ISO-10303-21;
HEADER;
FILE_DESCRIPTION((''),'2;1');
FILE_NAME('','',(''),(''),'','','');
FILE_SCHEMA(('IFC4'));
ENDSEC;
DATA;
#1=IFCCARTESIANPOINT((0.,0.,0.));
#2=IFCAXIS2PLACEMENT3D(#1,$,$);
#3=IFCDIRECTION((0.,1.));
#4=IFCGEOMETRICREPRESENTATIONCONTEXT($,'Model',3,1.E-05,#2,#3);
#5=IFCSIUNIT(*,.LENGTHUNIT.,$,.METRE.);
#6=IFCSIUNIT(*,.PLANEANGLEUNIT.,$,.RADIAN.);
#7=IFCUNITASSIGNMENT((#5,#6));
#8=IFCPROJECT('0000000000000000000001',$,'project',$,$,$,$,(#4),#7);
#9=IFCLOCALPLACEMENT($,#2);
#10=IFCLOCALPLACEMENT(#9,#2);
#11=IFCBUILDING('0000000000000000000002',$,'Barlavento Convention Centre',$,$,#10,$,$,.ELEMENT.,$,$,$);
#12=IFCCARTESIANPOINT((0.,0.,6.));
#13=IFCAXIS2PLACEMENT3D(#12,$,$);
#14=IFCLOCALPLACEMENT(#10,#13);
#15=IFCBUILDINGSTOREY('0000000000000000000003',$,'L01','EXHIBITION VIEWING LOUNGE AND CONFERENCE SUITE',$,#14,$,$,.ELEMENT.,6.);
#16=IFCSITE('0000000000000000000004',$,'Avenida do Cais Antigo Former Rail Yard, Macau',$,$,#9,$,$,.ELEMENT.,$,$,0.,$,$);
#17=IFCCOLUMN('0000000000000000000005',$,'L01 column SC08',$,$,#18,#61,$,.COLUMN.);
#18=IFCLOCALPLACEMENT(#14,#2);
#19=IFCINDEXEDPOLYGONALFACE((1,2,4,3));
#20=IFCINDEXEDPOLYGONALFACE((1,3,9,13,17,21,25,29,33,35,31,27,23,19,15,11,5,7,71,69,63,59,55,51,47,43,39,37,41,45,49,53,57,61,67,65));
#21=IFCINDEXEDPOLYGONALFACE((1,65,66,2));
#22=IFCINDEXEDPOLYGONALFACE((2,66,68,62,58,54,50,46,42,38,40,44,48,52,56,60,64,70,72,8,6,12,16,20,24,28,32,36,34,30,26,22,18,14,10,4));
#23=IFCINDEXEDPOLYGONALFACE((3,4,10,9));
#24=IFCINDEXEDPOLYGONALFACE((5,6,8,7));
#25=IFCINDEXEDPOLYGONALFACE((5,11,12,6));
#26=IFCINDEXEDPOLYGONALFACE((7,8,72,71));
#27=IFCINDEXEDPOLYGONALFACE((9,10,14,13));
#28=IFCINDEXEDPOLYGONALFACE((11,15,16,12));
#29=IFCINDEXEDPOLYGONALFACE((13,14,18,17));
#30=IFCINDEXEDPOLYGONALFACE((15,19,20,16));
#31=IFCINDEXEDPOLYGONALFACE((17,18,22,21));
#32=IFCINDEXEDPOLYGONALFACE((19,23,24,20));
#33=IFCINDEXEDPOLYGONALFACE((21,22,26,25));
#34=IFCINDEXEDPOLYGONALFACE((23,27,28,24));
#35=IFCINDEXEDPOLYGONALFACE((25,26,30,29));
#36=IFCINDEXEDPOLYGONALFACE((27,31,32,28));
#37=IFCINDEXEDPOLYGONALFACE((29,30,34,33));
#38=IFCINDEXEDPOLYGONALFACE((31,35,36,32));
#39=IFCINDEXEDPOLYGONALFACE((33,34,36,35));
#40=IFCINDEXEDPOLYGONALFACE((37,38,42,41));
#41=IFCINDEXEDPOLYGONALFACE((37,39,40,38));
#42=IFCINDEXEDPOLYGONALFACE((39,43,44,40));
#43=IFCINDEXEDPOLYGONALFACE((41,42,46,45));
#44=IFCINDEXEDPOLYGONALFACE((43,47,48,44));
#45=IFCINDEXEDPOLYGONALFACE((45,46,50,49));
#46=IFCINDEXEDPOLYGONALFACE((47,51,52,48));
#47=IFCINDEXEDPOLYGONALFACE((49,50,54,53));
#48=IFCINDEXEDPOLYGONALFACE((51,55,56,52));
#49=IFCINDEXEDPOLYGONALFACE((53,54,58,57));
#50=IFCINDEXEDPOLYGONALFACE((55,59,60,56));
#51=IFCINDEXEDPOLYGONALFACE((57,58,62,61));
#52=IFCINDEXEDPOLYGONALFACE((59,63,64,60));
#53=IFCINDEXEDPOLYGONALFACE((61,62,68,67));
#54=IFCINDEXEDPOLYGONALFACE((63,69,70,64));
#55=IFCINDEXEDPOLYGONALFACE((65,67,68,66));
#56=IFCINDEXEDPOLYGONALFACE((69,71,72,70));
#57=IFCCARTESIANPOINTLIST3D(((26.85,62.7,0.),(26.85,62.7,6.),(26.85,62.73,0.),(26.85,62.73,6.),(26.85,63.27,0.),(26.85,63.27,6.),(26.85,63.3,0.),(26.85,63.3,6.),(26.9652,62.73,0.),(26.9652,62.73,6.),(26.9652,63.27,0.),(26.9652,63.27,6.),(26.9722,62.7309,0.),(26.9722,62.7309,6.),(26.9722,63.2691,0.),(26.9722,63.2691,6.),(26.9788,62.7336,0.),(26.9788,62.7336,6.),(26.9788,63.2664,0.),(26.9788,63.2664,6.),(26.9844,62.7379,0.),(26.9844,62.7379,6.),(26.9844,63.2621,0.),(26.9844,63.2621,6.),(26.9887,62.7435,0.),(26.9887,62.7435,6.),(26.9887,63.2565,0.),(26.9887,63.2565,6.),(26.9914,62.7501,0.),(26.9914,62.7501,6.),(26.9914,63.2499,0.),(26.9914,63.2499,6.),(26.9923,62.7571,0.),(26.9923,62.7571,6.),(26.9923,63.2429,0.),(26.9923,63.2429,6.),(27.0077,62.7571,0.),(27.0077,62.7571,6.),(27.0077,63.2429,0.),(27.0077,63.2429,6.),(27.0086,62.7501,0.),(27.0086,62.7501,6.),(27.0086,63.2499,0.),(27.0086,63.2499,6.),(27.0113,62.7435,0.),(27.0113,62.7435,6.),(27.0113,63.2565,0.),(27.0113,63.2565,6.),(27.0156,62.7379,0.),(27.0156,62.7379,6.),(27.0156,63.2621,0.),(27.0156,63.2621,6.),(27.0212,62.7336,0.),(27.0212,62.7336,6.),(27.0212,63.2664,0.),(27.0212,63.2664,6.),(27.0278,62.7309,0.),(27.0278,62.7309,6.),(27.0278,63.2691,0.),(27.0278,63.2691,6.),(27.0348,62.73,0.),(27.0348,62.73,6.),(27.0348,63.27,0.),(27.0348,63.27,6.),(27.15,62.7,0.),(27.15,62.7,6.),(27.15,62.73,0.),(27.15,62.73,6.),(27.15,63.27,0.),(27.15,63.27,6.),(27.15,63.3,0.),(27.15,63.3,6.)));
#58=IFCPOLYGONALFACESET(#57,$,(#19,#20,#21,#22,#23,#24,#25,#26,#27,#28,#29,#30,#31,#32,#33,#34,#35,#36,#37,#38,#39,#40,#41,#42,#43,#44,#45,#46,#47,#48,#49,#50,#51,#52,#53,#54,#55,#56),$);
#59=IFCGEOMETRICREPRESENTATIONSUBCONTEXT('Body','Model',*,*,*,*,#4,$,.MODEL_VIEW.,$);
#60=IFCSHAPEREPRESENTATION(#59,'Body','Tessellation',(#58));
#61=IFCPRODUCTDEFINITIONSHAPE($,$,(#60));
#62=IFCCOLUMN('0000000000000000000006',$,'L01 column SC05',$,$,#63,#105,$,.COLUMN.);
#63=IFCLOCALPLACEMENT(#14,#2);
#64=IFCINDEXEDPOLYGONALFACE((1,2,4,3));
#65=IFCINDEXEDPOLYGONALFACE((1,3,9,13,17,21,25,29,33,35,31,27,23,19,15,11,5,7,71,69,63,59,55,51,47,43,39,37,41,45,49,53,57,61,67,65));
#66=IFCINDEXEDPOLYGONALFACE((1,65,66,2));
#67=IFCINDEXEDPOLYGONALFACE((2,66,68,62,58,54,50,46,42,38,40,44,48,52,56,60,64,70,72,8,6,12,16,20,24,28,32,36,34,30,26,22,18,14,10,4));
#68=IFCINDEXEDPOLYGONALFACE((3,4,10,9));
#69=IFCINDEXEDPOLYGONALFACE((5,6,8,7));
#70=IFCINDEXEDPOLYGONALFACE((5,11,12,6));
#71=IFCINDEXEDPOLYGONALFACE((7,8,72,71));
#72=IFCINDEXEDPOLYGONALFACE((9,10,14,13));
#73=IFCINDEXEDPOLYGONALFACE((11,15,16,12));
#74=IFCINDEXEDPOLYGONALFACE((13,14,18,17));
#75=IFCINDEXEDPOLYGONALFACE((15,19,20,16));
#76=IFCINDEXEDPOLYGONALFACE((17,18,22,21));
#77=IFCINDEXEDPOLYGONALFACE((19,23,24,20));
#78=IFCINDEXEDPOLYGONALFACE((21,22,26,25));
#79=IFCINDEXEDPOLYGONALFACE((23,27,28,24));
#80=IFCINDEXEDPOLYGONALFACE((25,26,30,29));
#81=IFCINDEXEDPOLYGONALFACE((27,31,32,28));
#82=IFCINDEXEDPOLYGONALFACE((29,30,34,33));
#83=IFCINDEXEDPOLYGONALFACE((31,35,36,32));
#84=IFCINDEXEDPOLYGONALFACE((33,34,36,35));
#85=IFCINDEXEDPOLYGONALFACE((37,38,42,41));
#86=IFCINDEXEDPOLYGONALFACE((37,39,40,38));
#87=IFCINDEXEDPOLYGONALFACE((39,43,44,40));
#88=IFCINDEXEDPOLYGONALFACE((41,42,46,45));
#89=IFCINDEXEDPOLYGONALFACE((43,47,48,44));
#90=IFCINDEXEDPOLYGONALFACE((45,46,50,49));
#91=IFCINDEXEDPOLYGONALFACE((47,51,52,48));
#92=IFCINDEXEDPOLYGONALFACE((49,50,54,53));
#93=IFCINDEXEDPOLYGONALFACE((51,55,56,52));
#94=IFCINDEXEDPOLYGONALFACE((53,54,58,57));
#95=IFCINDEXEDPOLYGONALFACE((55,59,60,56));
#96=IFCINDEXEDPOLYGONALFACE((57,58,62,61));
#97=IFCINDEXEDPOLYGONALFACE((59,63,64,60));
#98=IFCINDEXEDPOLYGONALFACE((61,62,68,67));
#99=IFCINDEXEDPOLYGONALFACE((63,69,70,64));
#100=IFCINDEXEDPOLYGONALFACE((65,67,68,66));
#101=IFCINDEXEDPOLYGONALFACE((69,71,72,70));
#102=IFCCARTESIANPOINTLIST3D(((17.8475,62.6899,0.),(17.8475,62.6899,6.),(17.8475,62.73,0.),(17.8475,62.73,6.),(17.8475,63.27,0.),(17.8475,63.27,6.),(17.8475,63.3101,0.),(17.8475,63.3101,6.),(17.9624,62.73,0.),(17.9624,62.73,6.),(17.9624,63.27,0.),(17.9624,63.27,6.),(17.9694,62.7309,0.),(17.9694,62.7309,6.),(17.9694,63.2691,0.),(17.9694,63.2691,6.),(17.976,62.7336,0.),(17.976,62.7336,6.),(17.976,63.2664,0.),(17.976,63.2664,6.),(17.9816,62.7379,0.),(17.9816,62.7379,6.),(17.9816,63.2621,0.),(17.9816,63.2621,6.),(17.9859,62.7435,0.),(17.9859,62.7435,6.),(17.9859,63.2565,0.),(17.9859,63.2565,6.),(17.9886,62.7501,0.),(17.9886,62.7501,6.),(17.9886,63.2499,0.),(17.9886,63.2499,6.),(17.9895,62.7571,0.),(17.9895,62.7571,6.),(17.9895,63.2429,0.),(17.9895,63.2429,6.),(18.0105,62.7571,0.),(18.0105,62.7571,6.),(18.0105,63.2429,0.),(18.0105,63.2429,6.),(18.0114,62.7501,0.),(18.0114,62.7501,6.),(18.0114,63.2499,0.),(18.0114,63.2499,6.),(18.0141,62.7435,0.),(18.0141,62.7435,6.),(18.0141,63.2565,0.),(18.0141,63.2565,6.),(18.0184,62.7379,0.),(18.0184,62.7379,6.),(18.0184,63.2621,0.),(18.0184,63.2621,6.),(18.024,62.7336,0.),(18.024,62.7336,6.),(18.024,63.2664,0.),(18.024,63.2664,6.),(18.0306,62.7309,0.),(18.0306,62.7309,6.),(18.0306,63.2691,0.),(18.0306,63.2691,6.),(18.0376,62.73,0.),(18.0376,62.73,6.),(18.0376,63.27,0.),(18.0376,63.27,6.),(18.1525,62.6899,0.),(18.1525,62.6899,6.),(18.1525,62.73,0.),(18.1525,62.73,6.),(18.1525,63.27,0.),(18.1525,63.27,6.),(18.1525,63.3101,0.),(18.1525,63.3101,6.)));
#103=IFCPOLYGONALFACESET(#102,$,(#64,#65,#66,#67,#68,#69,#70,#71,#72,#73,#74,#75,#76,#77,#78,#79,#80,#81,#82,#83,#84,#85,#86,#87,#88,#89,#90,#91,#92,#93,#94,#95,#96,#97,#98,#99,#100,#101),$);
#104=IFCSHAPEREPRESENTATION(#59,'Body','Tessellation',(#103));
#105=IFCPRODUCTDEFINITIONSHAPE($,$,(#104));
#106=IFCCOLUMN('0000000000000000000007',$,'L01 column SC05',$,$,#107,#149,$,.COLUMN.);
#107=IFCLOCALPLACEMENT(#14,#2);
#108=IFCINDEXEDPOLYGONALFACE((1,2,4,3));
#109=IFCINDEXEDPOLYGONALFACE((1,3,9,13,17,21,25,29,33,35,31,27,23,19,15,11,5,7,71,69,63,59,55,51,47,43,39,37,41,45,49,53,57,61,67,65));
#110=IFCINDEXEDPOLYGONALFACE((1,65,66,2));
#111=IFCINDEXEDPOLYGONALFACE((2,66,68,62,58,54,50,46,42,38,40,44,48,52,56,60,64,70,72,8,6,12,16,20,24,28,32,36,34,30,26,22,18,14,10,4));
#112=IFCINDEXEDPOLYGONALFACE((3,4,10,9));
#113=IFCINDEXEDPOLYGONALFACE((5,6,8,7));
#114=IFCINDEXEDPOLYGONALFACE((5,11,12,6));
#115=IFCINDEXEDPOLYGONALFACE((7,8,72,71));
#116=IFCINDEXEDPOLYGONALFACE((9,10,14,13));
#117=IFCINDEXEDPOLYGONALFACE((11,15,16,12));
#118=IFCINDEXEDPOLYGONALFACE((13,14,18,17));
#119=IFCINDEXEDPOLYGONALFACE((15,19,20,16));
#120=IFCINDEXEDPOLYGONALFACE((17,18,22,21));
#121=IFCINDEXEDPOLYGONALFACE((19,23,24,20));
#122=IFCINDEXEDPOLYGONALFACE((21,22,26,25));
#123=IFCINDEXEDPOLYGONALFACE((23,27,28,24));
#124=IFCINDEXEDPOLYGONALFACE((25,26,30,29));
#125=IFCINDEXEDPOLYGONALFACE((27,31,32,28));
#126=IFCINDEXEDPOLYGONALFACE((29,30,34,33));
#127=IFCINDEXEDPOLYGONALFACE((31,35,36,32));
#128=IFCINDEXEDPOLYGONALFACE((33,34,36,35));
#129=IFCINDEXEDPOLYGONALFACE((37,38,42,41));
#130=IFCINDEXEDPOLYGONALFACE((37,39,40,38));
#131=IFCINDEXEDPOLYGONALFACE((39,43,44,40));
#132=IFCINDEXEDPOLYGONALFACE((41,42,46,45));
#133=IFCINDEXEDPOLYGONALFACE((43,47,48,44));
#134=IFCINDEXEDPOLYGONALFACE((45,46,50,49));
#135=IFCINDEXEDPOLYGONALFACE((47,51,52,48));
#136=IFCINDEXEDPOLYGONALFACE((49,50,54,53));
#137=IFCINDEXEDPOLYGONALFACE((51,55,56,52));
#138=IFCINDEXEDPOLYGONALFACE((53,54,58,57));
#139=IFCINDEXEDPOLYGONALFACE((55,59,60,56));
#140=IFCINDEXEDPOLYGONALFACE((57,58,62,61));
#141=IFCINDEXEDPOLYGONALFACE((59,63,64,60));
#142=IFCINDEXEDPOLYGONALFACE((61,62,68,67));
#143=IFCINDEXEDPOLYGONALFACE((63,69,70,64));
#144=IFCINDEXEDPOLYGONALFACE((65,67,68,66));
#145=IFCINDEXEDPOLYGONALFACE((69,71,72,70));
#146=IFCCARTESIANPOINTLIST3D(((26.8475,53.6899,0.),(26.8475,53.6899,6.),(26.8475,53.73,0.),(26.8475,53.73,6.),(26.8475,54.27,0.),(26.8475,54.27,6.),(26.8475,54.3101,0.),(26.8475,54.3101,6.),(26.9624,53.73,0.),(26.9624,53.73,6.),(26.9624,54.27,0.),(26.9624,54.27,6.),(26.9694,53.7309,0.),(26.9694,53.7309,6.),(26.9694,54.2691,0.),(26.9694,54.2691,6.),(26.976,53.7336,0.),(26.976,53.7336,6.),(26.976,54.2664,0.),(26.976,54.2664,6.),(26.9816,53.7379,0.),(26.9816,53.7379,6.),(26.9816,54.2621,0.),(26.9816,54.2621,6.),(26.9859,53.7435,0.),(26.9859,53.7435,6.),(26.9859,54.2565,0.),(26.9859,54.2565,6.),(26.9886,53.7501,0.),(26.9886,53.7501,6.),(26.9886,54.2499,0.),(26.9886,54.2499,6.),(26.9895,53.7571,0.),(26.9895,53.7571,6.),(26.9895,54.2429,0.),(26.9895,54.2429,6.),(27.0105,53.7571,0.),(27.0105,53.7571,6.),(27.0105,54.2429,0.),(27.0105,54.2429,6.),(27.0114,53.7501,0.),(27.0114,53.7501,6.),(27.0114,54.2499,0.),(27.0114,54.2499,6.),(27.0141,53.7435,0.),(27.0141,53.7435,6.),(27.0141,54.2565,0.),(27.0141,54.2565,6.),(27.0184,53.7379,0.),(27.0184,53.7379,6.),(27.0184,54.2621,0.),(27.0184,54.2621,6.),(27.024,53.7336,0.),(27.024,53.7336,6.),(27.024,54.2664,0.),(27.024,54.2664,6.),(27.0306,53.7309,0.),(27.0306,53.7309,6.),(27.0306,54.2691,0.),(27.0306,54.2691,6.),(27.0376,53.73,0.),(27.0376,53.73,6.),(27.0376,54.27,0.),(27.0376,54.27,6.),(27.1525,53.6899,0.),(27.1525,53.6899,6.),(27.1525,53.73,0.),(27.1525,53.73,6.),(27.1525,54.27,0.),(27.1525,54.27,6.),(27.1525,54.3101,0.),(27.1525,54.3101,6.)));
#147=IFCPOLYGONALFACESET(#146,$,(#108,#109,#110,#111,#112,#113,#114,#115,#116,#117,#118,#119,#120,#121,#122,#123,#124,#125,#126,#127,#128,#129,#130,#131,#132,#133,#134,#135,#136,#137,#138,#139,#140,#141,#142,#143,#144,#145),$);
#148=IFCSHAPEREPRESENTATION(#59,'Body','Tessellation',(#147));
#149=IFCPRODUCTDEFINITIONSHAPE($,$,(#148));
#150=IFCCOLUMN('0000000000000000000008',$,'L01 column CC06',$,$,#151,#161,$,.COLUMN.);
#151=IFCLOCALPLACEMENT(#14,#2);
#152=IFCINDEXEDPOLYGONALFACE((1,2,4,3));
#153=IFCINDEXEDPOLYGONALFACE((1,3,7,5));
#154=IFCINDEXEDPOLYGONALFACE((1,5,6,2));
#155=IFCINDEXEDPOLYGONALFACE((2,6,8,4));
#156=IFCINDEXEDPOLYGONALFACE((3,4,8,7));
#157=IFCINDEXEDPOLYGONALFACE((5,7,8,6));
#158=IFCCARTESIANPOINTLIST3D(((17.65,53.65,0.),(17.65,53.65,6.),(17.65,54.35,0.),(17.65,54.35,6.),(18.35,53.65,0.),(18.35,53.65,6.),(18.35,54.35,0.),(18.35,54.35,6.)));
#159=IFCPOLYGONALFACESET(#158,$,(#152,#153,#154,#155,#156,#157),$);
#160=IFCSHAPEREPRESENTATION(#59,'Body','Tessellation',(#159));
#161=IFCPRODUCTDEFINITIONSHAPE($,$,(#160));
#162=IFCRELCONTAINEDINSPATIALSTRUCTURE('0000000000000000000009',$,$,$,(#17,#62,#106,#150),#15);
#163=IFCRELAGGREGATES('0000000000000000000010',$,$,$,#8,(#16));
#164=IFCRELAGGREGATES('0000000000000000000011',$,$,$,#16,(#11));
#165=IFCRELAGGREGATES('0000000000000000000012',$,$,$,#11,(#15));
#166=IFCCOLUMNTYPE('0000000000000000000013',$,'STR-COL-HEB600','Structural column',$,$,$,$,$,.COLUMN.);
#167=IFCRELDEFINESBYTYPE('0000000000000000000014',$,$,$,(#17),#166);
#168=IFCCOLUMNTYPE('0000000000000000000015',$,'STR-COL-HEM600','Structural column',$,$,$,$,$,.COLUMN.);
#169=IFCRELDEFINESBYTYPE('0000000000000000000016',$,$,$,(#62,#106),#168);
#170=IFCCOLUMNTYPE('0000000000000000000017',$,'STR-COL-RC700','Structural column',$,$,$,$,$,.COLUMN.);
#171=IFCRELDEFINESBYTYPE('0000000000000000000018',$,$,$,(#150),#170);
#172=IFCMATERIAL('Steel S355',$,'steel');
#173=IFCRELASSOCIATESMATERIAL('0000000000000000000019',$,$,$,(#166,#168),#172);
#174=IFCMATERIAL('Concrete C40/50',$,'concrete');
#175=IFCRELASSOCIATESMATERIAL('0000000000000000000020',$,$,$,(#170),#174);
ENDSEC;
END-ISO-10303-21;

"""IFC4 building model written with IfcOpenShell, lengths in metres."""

from ifc_helpers import new_model, si_unit, direction, frame, origin, origin_2d, place, context, subcontext, project, spatial, rectangle, i_section, extrude, material, material_profile, profile_set, type_object, element, save


model = new_model("IFC4")

# Units and contexts
model_context = context("Model", 3, precision=1e-05, world=origin(), true_north=direction((0.0, 1.0)))
body_context = subcontext(model_context, "Body", "Model", "MODEL_VIEW")
ifc_project = project(units=[si_unit("LENGTHUNIT", "METRE"), si_unit("PLANEANGLEUNIT", "RADIAN")], contexts=[model_context])

# Site, building, storey
site_placement = place(None, origin())
site = spatial("IfcSite", under=ifc_project, at=site_placement, Name="Avenida do Cais Antigo Former Rail Yard, Macau", CompositionType="ELEMENT", RefElevation=0.0)
building_placement = place(site_placement, origin())
building = spatial("IfcBuilding", under=site, at=building_placement, Name="Barlavento Convention Centre", CompositionType="ELEMENT")
storey_placement = place(building_placement, frame((0.0, 0.0, 6.0)))
storey = spatial("IfcBuildingStorey", under=building, at=storey_placement, Name="L01", Description="EXHIBITION VIEWING LOUNGE AND CONFERENCE SUITE", CompositionType="ELEMENT", Elevation=6.0)

# Columns
ifc_material_1 = material(Name="Steel S355", Category="steel")
ifc_material_profile_1 = material_profile(ifc_material_1, i_section(OverallWidth=0.3, OverallDepth=0.6001, WebThickness=0.0154, FlangeThickness=0.03, FilletRadius=0.0271, at=origin_2d()), Name="HEB 600")
ifc_profile_set_1 = profile_set([ifc_material_profile_1], Name="Steel S355")
column_type_1 = type_object("IfcColumnType", Name="STR-COL-HEB600", Description="Structural column", PredefinedType="COLUMN", material=ifc_profile_set_1)
column_1_placement = place(storey_placement, frame((27.0, 63.0, 0.0), z_axis=(0.0, 0.0, 1.0), x_axis=(1.0, 0.0, 0.0)))
element("IfcColumn", 1, at=column_1_placement, inside=storey, type_object=column_type_1, Name="L01 column SC08", PredefinedType="COLUMN", context=body_context, shape_type="SweptSolid", body=[
    extrude(i_section(OverallWidth=0.3, OverallDepth=0.6001, WebThickness=0.0154, FlangeThickness=0.03, FilletRadius=0.0271, at=origin_2d()), origin(), (0.0, 0.0, 1.0), 6.0),
])
ifc_material_profile_2 = material_profile(ifc_material_1, i_section(OverallWidth=0.3049, OverallDepth=0.6201, WebThickness=0.021, FlangeThickness=0.04, FilletRadius=0.0271, at=origin_2d()), Name="HEM 600")
ifc_profile_set_2 = profile_set([ifc_material_profile_2], Name="Steel S355")
column_type_2 = type_object("IfcColumnType", Name="STR-COL-HEM600", Description="Structural column", PredefinedType="COLUMN", material=ifc_profile_set_2)
for number, where, z_axis, x_axis, name in (
    (2, (18.0, 63.0, 0.0), (0.0, 0.0, 1.0), (1.0, 0.0, 0.0), "L01 column SC05"),
    (3, (27.0, 54.0, 0.0), (0.0, 0.0, 1.0), (1.0, 0.0, 0.0), "L01 column SC05"),
):
    element("IfcColumn", number, at=place(storey_placement, frame(where, z_axis=z_axis, x_axis=x_axis)), inside=storey, type_object=column_type_2, Name=name, PredefinedType="COLUMN", context=body_context, shape_type="SweptSolid", body=[
        extrude(i_section(OverallWidth=0.3049, OverallDepth=0.6201, WebThickness=0.021, FlangeThickness=0.04, FilletRadius=0.0271, at=origin_2d()), origin(), (0.0, 0.0, 1.0), 6.0),
    ])
ifc_material_2 = material(Name="Concrete C40/50", Category="concrete")
ifc_material_profile_3 = material_profile(ifc_material_2, rectangle(XDim=0.7, YDim=0.7, at=origin_2d()), Name="RC 700x700")
ifc_profile_set_3 = profile_set([ifc_material_profile_3], Name="Concrete C40/50")
column_type_3 = type_object("IfcColumnType", Name="STR-COL-RC700", Description="Structural column", PredefinedType="COLUMN", material=ifc_profile_set_3)
column_2_placement = place(storey_placement, frame((18.0, 54.0, 0.0), z_axis=(0.0, 0.0, 1.0), x_axis=(1.0, 0.0, 0.0)))
element("IfcColumn", 4, at=column_2_placement, inside=storey, type_object=column_type_3, Name="L01 column CC06", PredefinedType="COLUMN", context=body_context, shape_type="SweptSolid", body=[
    extrude(rectangle(XDim=0.7, YDim=0.7, at=origin_2d()), origin(), (0.0, 0.0, 1.0), 6.0),
])

save(model, "model.ifc")
